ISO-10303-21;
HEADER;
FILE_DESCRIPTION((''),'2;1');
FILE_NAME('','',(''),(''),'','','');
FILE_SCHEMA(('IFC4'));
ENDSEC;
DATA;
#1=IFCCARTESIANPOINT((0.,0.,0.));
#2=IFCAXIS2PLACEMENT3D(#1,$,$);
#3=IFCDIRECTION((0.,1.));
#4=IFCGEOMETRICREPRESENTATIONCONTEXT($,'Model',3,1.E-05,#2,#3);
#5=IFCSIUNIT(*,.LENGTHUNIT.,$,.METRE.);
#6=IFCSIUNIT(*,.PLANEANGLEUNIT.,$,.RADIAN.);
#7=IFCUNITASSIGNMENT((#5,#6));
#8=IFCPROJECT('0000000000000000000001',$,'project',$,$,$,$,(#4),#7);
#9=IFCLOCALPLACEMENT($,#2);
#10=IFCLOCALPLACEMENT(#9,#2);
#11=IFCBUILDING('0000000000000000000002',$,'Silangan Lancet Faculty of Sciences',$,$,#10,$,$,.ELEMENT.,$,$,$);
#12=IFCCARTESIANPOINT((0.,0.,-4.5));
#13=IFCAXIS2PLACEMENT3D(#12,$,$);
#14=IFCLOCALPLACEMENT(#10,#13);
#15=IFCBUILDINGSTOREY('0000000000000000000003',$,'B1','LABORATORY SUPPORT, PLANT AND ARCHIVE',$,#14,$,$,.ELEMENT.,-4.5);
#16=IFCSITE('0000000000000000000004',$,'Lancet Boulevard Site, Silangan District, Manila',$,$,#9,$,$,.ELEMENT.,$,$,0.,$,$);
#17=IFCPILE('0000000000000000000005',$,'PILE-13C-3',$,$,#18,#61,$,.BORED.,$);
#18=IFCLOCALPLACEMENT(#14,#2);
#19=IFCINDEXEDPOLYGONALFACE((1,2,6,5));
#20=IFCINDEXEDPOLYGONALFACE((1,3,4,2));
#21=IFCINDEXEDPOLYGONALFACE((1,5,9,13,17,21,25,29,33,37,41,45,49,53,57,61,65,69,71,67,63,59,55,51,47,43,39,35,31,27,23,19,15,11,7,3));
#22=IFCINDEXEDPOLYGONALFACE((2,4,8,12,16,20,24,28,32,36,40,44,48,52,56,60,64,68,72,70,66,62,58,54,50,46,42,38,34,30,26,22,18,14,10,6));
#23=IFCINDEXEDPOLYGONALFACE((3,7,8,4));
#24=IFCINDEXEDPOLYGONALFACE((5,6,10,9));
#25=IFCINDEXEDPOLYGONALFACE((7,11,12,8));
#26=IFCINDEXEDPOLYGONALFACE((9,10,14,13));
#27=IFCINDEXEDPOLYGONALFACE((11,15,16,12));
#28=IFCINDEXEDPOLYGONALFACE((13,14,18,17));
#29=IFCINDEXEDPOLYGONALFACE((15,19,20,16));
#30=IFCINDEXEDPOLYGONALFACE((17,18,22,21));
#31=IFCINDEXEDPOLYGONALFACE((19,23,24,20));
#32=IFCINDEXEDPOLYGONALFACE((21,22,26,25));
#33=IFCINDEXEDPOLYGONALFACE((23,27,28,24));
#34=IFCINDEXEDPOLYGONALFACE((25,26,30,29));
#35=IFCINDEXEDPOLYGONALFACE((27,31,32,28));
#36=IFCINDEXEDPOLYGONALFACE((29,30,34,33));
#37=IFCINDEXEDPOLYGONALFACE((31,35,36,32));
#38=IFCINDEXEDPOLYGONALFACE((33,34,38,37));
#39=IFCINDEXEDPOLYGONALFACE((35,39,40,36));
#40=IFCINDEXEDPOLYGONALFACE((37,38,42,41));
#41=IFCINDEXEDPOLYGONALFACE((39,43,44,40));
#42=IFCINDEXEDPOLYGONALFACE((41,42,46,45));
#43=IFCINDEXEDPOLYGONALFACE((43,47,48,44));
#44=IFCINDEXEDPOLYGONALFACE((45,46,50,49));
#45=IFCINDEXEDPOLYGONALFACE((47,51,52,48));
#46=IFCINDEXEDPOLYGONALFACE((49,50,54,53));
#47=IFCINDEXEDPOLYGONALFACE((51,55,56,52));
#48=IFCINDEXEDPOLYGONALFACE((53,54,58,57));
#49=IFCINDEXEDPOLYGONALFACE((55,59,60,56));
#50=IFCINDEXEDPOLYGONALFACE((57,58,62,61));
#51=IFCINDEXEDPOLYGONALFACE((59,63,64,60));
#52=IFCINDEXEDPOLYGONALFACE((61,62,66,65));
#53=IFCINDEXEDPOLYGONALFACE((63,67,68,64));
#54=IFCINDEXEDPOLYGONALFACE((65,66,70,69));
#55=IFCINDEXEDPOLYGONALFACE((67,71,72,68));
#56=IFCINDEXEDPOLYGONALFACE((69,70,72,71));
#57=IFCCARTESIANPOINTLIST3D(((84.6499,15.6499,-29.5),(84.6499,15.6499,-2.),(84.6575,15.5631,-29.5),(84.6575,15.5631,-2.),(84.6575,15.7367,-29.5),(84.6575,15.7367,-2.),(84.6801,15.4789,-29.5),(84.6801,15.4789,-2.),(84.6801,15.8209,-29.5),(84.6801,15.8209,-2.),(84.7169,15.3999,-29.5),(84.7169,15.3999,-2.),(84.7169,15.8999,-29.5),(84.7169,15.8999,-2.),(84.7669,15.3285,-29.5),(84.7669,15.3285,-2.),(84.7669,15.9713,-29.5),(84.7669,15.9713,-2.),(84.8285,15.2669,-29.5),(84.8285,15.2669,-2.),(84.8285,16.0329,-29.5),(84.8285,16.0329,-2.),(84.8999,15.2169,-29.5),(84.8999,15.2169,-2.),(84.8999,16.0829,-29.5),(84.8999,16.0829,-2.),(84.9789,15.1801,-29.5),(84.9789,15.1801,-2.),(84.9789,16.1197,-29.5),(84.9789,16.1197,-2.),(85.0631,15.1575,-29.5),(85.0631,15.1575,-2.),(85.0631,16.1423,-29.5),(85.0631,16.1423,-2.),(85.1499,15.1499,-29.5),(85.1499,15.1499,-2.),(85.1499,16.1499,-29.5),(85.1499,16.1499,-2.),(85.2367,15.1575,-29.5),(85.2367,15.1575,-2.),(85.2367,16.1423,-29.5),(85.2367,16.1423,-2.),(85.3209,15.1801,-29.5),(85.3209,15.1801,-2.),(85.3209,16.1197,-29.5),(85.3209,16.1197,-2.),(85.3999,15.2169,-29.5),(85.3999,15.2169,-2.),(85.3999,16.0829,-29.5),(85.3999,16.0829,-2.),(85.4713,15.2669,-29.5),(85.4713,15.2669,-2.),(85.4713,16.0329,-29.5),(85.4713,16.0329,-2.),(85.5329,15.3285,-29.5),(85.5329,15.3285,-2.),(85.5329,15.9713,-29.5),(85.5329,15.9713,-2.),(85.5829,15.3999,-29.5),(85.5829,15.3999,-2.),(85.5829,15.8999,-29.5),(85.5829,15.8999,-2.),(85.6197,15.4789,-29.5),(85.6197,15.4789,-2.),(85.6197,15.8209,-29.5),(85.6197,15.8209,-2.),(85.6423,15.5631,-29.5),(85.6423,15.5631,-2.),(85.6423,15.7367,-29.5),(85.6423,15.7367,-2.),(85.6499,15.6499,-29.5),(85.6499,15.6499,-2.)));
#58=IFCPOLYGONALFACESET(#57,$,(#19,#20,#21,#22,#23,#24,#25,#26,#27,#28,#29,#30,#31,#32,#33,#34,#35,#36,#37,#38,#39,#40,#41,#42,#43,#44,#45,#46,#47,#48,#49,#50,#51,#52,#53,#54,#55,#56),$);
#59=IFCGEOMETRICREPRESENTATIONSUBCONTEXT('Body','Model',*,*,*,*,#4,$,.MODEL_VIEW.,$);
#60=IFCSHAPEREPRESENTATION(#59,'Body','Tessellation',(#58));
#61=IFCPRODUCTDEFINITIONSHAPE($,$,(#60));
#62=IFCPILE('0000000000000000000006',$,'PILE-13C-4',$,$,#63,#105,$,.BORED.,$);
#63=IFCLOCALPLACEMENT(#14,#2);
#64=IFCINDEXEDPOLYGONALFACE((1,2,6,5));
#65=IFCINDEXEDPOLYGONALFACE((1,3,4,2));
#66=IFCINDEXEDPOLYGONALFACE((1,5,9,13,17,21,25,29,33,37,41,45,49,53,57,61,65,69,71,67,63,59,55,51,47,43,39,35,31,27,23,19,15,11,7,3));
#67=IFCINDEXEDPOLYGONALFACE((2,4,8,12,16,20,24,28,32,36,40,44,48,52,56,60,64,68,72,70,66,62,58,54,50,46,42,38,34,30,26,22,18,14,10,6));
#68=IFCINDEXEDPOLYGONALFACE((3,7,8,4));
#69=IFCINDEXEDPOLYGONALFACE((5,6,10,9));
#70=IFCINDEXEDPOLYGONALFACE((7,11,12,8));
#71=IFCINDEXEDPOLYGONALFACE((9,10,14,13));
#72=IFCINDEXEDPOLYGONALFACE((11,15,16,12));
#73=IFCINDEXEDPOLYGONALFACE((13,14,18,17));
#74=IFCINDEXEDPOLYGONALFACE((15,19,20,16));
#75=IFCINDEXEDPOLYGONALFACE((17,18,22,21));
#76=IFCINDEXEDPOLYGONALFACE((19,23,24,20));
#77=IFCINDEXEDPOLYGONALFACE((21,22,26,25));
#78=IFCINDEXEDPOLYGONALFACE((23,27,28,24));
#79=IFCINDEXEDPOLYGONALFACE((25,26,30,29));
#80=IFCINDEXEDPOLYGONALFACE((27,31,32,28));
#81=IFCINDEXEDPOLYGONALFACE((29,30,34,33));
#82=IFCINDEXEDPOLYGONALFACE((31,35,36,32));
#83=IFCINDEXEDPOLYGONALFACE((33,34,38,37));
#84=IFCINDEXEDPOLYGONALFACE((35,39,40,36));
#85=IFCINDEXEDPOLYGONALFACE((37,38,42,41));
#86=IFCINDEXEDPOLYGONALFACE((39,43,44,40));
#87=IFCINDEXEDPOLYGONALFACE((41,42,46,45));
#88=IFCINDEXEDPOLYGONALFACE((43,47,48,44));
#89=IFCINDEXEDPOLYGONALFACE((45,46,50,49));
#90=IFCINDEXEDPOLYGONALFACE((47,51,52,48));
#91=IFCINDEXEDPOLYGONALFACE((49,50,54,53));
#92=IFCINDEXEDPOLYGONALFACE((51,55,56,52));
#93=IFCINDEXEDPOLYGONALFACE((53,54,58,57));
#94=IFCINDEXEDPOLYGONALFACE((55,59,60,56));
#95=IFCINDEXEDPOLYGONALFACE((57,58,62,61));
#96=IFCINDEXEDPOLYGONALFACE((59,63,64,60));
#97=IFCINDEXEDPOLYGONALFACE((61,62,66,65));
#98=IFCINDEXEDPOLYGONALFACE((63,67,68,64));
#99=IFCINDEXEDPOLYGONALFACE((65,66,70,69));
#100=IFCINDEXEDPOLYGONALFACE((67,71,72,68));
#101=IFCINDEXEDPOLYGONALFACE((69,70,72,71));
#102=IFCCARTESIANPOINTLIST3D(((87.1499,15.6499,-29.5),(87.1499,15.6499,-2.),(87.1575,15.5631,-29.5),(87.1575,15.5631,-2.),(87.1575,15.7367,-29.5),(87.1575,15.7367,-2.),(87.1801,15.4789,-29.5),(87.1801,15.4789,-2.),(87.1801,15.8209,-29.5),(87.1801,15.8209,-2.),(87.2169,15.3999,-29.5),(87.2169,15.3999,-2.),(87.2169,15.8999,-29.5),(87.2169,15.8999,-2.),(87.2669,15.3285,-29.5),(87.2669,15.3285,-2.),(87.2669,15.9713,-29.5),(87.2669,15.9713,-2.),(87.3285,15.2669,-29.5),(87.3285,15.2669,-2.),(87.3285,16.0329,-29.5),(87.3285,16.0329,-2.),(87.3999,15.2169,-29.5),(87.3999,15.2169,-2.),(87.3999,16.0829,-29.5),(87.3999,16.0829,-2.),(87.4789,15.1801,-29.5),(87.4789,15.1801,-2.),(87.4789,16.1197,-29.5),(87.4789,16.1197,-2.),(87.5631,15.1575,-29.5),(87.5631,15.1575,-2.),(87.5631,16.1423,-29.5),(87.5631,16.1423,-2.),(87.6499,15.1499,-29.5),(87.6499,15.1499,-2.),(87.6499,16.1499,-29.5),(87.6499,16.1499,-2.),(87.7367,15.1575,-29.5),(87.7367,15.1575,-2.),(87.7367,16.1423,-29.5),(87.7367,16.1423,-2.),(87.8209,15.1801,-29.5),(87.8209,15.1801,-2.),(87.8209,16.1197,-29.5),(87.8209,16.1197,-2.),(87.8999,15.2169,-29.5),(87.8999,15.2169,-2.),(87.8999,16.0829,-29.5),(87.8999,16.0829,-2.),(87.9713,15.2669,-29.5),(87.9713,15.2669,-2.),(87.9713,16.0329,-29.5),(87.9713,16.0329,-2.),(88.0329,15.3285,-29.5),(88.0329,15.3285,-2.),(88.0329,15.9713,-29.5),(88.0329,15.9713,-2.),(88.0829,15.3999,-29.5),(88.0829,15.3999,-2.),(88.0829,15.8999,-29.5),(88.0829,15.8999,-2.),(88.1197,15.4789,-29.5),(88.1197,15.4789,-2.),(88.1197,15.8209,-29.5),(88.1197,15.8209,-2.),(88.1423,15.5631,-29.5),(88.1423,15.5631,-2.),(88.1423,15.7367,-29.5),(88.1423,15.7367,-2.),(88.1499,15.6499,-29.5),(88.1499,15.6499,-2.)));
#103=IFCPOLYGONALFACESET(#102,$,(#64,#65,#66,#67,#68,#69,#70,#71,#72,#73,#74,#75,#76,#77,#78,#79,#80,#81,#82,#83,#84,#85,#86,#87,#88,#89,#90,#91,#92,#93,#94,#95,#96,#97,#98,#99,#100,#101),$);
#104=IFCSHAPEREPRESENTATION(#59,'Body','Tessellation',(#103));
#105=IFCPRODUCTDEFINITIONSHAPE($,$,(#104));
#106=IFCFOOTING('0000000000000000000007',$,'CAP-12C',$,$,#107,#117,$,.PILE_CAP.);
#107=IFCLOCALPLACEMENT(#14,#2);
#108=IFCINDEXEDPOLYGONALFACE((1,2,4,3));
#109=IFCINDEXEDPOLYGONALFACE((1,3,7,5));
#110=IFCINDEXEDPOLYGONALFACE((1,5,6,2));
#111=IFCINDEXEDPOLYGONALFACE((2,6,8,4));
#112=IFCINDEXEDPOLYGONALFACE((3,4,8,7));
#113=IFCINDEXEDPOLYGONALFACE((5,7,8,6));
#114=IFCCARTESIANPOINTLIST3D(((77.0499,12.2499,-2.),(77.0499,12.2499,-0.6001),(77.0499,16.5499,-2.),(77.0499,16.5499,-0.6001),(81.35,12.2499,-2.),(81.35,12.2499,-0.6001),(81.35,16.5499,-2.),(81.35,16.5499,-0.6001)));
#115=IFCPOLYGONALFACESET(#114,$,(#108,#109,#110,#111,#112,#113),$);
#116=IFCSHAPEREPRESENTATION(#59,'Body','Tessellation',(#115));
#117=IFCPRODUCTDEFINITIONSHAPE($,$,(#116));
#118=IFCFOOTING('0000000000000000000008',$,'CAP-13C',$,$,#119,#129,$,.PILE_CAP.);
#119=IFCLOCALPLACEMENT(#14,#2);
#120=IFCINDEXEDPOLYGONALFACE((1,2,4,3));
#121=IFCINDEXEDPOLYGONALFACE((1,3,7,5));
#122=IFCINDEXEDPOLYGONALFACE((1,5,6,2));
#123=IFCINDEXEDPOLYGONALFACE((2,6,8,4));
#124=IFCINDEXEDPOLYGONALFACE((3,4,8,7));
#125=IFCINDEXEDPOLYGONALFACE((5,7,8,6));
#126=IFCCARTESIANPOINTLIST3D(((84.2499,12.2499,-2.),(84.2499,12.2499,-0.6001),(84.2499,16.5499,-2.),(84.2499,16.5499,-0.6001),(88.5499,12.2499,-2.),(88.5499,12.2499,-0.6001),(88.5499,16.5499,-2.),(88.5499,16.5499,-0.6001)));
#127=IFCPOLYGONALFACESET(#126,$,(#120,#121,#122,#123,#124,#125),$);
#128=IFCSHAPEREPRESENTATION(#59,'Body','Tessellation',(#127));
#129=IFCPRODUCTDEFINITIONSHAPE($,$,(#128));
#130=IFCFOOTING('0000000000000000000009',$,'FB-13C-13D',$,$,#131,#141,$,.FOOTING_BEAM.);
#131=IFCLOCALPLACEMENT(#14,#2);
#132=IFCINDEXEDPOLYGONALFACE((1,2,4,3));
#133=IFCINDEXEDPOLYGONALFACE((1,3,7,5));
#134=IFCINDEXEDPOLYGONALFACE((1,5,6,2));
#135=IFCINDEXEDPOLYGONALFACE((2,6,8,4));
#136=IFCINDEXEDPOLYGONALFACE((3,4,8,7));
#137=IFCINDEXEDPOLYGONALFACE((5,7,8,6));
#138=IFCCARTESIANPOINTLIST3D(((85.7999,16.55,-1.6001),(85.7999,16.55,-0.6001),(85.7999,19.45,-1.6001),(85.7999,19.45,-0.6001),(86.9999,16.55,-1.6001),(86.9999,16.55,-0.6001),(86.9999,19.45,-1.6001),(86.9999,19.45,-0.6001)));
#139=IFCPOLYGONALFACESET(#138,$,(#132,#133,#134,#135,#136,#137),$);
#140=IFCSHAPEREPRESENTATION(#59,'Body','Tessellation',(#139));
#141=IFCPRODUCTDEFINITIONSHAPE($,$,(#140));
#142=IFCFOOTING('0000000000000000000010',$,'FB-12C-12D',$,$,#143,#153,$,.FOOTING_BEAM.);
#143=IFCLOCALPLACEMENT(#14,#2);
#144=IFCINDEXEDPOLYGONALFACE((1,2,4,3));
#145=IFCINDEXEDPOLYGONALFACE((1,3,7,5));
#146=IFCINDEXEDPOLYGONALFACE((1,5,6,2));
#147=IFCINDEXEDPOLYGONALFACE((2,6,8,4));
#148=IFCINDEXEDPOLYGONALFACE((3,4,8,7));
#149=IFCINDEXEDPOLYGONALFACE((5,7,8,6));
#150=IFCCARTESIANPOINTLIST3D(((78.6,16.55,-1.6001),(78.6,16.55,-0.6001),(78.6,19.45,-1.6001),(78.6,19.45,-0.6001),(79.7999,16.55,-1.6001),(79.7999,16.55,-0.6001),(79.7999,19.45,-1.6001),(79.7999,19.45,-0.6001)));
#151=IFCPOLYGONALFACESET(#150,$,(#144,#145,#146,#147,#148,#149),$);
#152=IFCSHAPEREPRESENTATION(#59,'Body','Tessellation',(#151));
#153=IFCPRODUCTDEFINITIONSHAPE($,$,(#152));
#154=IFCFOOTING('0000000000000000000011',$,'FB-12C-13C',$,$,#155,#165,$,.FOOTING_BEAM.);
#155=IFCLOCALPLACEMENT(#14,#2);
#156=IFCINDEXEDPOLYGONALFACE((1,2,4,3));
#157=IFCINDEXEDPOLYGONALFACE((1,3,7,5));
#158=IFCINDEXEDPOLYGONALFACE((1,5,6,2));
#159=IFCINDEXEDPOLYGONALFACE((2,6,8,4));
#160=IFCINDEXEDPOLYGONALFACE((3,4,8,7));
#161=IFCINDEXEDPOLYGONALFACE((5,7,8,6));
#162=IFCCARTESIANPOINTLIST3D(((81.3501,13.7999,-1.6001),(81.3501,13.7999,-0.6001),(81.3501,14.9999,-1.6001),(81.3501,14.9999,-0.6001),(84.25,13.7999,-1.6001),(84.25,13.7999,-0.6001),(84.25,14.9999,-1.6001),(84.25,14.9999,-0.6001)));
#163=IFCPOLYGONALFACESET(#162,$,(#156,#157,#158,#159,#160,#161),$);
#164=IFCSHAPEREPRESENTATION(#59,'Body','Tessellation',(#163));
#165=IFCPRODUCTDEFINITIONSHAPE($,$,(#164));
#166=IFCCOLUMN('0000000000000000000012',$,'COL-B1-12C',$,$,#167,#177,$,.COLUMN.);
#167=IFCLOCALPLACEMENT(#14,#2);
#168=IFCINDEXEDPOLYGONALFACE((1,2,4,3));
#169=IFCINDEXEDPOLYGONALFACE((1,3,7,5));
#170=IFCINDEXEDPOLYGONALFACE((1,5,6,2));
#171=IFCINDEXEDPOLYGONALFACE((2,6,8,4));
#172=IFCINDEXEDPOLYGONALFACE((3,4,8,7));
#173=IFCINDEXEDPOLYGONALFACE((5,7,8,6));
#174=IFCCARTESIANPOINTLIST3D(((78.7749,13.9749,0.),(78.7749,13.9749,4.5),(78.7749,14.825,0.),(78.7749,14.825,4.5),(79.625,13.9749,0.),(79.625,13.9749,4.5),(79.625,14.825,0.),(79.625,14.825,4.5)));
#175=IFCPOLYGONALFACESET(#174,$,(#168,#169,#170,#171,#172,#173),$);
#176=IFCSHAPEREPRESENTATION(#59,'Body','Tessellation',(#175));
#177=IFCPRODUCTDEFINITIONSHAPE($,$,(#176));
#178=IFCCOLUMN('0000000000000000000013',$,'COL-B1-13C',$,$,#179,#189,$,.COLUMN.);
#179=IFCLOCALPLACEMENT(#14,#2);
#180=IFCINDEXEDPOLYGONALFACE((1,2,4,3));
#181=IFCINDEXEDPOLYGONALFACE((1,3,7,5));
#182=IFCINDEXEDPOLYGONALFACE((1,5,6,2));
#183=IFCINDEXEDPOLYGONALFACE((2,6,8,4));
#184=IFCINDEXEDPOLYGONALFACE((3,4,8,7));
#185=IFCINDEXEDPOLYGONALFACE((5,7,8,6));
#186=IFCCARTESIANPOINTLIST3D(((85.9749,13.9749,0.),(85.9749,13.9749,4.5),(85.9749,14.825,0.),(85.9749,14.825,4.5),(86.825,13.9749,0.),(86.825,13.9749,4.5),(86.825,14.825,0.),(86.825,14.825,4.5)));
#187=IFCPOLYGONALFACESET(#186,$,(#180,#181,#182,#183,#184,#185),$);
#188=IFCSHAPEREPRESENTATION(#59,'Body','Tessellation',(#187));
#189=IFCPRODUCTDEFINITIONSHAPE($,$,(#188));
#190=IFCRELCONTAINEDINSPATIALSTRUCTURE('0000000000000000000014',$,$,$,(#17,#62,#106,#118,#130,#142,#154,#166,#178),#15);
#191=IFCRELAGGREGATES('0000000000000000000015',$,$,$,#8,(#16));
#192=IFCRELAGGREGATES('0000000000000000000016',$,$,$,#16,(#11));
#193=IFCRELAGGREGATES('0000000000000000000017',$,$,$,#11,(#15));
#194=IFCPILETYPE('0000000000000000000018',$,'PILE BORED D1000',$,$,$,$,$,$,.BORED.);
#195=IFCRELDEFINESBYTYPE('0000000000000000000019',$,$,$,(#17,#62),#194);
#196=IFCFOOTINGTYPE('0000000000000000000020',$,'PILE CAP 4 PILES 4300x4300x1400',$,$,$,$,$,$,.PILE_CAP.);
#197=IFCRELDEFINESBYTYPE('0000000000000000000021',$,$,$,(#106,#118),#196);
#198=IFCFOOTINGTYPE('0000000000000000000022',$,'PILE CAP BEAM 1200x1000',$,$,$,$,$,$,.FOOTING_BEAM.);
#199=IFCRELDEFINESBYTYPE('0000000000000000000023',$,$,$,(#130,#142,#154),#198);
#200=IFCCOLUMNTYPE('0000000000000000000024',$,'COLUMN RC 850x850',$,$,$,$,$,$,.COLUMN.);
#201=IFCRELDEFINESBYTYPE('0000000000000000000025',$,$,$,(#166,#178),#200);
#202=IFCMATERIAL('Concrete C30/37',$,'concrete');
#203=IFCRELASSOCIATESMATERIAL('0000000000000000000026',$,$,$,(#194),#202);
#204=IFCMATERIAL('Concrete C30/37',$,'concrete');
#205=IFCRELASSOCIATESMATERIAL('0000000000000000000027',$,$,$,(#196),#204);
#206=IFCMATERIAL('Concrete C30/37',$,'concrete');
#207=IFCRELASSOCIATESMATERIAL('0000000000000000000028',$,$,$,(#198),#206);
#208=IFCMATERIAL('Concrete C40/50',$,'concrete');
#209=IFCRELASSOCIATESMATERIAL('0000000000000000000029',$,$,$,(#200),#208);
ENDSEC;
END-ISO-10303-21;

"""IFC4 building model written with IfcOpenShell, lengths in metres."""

from ifc_helpers import new_model, si_unit, direction, frame, origin, origin_2d, place, context, subcontext, project, spatial, rectangle, circle, extrude, material, material_profile, profile_set, type_object, element, save


model = new_model("IFC4")

# Units and contexts
model_context = context("Model", 3, precision=1e-05, world=origin(), true_north=direction((0.0, 1.0)))
body_context = subcontext(model_context, "Body", "Model", "MODEL_VIEW")
ifc_project = project(units=[si_unit("LENGTHUNIT", "METRE"), si_unit("PLANEANGLEUNIT", "RADIAN")], contexts=[model_context])

# Site, building, storey
site_placement = place(None, origin())
site = spatial("IfcSite", under=ifc_project, at=site_placement, Name="Lancet Boulevard Site, Silangan District, Manila", CompositionType="ELEMENT", RefElevation=0.0)
building_placement = place(site_placement, origin())
building = spatial("IfcBuilding", under=site, at=building_placement, Name="Silangan Lancet Faculty of Sciences", CompositionType="ELEMENT")
storey_placement = place(building_placement, frame((0.0, 0.0, -4.5)))
storey = spatial("IfcBuildingStorey", under=building, at=storey_placement, Name="B1", Description="LABORATORY SUPPORT, PLANT AND ARCHIVE", CompositionType="ELEMENT", Elevation=-4.5)

# Piles
ifc_material_1 = material(Name="Concrete C30/37", Category="concrete")
ifc_material_profile_1 = material_profile(ifc_material_1, circle(Radius=0.5, at=origin_2d()), Name="BORED PILE D1000")
ifc_profile_set_1 = profile_set([ifc_material_profile_1], Name="Concrete C30/37")
pile_type = type_object("IfcPileType", Name="PILE BORED D1000", PredefinedType="BORED", material=ifc_profile_set_1)
for number, where, z_axis, x_axis, name in (
    (1, (85.1499, 15.6499, -2.0), (0.0, 0.0, -1.0), (1.0, 0.0, 0.0), "PILE-13C-3"),
    (2, (87.6499, 15.6499, -2.0), (0.0, 0.0, -1.0), (1.0, 0.0, 0.0), "PILE-13C-4"),
):
    element("IfcPile", number, at=place(storey_placement, frame(where, z_axis=z_axis, x_axis=x_axis)), inside=storey, type_object=pile_type, Name=name, PredefinedType="BORED", context=body_context, shape_type="SweptSolid", body=[
        extrude(circle(Radius=0.5, at=origin_2d()), origin(), (0.0, 0.0, 1.0), 27.5),
    ])

# Footings
ifc_material_2 = material(Name="Concrete C30/37", Category="concrete")
footing_type_1 = type_object("IfcFootingType", Name="PILE CAP 4 PILES 4300x4300x1400", PredefinedType="PILE_CAP", material=ifc_material_2)
for number, where, z_axis, x_axis, name in (
    (3, (79.2, 14.3999, -2.0), (0.0, 0.0, 1.0), (1.0, 0.0, 0.0), "CAP-12C"),
    (4, (86.3999, 14.3999, -2.0), (0.0, 0.0, 1.0), (1.0, 0.0, 0.0), "CAP-13C"),
):
    element("IfcFooting", number, at=place(storey_placement, frame(where, z_axis=z_axis, x_axis=x_axis)), inside=storey, type_object=footing_type_1, Name=name, PredefinedType="PILE_CAP", context=body_context, shape_type="SweptSolid", body=[
        extrude(rectangle(XDim=4.3, YDim=4.3, at=origin_2d()), origin(), (0.0, 0.0, 1.0), 1.3999),
    ])
ifc_material_3 = material(Name="Concrete C30/37", Category="concrete")
footing_type_2 = type_object("IfcFootingType", Name="PILE CAP BEAM 1200x1000", PredefinedType="FOOTING_BEAM", material=ifc_material_3)
for number, where, z_axis, x_axis, name in (
    (5, (86.3999, 18.0, -1.6001), (0.0, 0.0, 1.0), (0.0, 1.0, 0.0), "FB-13C-13D"),
    (6, (79.2, 18.0, -1.6001), (0.0, 0.0, 1.0), (0.0, 1.0, 0.0), "FB-12C-12D"),
    (7, (82.8, 14.3999, -1.6001), (0.0, 0.0, 1.0), (1.0, 0.0, 0.0), "FB-12C-13C"),
):
    element("IfcFooting", number, at=place(storey_placement, frame(where, z_axis=z_axis, x_axis=x_axis)), inside=storey, type_object=footing_type_2, Name=name, PredefinedType="FOOTING_BEAM", context=body_context, shape_type="SweptSolid", body=[
        extrude(rectangle(XDim=2.8999, YDim=1.2, at=origin_2d()), origin(), (0.0, 0.0, 1.0), 1.0),
    ])

# Columns
ifc_material_4 = material(Name="Concrete C40/50", Category="concrete")
ifc_material_profile_2 = material_profile(ifc_material_4, rectangle(XDim=0.8501, YDim=0.8501, at=origin_2d()), Name="RC 850x850")
ifc_profile_set_2 = profile_set([ifc_material_profile_2], Name="Concrete C40/50")
column_type = type_object("IfcColumnType", Name="COLUMN RC 850x850", PredefinedType="COLUMN", material=ifc_profile_set_2)
for number, where, z_axis, x_axis, name in (
    (8, (79.2, 14.3999, 0.0), (0.0, 0.0, 1.0), (1.0, 0.0, 0.0), "COL-B1-12C"),
    (9, (86.3999, 14.3999, 0.0), (0.0, 0.0, 1.0), (1.0, 0.0, 0.0), "COL-B1-13C"),
):
    element("IfcColumn", number, at=place(storey_placement, frame(where, z_axis=z_axis, x_axis=x_axis)), inside=storey, type_object=column_type, Name=name, PredefinedType="COLUMN", context=body_context, shape_type="SweptSolid", body=[
        extrude(rectangle(XDim=0.8501, YDim=0.8501, at=origin_2d()), origin(), (0.0, 0.0, 1.0), 4.5),
    ])

save(model, "model.ifc")
